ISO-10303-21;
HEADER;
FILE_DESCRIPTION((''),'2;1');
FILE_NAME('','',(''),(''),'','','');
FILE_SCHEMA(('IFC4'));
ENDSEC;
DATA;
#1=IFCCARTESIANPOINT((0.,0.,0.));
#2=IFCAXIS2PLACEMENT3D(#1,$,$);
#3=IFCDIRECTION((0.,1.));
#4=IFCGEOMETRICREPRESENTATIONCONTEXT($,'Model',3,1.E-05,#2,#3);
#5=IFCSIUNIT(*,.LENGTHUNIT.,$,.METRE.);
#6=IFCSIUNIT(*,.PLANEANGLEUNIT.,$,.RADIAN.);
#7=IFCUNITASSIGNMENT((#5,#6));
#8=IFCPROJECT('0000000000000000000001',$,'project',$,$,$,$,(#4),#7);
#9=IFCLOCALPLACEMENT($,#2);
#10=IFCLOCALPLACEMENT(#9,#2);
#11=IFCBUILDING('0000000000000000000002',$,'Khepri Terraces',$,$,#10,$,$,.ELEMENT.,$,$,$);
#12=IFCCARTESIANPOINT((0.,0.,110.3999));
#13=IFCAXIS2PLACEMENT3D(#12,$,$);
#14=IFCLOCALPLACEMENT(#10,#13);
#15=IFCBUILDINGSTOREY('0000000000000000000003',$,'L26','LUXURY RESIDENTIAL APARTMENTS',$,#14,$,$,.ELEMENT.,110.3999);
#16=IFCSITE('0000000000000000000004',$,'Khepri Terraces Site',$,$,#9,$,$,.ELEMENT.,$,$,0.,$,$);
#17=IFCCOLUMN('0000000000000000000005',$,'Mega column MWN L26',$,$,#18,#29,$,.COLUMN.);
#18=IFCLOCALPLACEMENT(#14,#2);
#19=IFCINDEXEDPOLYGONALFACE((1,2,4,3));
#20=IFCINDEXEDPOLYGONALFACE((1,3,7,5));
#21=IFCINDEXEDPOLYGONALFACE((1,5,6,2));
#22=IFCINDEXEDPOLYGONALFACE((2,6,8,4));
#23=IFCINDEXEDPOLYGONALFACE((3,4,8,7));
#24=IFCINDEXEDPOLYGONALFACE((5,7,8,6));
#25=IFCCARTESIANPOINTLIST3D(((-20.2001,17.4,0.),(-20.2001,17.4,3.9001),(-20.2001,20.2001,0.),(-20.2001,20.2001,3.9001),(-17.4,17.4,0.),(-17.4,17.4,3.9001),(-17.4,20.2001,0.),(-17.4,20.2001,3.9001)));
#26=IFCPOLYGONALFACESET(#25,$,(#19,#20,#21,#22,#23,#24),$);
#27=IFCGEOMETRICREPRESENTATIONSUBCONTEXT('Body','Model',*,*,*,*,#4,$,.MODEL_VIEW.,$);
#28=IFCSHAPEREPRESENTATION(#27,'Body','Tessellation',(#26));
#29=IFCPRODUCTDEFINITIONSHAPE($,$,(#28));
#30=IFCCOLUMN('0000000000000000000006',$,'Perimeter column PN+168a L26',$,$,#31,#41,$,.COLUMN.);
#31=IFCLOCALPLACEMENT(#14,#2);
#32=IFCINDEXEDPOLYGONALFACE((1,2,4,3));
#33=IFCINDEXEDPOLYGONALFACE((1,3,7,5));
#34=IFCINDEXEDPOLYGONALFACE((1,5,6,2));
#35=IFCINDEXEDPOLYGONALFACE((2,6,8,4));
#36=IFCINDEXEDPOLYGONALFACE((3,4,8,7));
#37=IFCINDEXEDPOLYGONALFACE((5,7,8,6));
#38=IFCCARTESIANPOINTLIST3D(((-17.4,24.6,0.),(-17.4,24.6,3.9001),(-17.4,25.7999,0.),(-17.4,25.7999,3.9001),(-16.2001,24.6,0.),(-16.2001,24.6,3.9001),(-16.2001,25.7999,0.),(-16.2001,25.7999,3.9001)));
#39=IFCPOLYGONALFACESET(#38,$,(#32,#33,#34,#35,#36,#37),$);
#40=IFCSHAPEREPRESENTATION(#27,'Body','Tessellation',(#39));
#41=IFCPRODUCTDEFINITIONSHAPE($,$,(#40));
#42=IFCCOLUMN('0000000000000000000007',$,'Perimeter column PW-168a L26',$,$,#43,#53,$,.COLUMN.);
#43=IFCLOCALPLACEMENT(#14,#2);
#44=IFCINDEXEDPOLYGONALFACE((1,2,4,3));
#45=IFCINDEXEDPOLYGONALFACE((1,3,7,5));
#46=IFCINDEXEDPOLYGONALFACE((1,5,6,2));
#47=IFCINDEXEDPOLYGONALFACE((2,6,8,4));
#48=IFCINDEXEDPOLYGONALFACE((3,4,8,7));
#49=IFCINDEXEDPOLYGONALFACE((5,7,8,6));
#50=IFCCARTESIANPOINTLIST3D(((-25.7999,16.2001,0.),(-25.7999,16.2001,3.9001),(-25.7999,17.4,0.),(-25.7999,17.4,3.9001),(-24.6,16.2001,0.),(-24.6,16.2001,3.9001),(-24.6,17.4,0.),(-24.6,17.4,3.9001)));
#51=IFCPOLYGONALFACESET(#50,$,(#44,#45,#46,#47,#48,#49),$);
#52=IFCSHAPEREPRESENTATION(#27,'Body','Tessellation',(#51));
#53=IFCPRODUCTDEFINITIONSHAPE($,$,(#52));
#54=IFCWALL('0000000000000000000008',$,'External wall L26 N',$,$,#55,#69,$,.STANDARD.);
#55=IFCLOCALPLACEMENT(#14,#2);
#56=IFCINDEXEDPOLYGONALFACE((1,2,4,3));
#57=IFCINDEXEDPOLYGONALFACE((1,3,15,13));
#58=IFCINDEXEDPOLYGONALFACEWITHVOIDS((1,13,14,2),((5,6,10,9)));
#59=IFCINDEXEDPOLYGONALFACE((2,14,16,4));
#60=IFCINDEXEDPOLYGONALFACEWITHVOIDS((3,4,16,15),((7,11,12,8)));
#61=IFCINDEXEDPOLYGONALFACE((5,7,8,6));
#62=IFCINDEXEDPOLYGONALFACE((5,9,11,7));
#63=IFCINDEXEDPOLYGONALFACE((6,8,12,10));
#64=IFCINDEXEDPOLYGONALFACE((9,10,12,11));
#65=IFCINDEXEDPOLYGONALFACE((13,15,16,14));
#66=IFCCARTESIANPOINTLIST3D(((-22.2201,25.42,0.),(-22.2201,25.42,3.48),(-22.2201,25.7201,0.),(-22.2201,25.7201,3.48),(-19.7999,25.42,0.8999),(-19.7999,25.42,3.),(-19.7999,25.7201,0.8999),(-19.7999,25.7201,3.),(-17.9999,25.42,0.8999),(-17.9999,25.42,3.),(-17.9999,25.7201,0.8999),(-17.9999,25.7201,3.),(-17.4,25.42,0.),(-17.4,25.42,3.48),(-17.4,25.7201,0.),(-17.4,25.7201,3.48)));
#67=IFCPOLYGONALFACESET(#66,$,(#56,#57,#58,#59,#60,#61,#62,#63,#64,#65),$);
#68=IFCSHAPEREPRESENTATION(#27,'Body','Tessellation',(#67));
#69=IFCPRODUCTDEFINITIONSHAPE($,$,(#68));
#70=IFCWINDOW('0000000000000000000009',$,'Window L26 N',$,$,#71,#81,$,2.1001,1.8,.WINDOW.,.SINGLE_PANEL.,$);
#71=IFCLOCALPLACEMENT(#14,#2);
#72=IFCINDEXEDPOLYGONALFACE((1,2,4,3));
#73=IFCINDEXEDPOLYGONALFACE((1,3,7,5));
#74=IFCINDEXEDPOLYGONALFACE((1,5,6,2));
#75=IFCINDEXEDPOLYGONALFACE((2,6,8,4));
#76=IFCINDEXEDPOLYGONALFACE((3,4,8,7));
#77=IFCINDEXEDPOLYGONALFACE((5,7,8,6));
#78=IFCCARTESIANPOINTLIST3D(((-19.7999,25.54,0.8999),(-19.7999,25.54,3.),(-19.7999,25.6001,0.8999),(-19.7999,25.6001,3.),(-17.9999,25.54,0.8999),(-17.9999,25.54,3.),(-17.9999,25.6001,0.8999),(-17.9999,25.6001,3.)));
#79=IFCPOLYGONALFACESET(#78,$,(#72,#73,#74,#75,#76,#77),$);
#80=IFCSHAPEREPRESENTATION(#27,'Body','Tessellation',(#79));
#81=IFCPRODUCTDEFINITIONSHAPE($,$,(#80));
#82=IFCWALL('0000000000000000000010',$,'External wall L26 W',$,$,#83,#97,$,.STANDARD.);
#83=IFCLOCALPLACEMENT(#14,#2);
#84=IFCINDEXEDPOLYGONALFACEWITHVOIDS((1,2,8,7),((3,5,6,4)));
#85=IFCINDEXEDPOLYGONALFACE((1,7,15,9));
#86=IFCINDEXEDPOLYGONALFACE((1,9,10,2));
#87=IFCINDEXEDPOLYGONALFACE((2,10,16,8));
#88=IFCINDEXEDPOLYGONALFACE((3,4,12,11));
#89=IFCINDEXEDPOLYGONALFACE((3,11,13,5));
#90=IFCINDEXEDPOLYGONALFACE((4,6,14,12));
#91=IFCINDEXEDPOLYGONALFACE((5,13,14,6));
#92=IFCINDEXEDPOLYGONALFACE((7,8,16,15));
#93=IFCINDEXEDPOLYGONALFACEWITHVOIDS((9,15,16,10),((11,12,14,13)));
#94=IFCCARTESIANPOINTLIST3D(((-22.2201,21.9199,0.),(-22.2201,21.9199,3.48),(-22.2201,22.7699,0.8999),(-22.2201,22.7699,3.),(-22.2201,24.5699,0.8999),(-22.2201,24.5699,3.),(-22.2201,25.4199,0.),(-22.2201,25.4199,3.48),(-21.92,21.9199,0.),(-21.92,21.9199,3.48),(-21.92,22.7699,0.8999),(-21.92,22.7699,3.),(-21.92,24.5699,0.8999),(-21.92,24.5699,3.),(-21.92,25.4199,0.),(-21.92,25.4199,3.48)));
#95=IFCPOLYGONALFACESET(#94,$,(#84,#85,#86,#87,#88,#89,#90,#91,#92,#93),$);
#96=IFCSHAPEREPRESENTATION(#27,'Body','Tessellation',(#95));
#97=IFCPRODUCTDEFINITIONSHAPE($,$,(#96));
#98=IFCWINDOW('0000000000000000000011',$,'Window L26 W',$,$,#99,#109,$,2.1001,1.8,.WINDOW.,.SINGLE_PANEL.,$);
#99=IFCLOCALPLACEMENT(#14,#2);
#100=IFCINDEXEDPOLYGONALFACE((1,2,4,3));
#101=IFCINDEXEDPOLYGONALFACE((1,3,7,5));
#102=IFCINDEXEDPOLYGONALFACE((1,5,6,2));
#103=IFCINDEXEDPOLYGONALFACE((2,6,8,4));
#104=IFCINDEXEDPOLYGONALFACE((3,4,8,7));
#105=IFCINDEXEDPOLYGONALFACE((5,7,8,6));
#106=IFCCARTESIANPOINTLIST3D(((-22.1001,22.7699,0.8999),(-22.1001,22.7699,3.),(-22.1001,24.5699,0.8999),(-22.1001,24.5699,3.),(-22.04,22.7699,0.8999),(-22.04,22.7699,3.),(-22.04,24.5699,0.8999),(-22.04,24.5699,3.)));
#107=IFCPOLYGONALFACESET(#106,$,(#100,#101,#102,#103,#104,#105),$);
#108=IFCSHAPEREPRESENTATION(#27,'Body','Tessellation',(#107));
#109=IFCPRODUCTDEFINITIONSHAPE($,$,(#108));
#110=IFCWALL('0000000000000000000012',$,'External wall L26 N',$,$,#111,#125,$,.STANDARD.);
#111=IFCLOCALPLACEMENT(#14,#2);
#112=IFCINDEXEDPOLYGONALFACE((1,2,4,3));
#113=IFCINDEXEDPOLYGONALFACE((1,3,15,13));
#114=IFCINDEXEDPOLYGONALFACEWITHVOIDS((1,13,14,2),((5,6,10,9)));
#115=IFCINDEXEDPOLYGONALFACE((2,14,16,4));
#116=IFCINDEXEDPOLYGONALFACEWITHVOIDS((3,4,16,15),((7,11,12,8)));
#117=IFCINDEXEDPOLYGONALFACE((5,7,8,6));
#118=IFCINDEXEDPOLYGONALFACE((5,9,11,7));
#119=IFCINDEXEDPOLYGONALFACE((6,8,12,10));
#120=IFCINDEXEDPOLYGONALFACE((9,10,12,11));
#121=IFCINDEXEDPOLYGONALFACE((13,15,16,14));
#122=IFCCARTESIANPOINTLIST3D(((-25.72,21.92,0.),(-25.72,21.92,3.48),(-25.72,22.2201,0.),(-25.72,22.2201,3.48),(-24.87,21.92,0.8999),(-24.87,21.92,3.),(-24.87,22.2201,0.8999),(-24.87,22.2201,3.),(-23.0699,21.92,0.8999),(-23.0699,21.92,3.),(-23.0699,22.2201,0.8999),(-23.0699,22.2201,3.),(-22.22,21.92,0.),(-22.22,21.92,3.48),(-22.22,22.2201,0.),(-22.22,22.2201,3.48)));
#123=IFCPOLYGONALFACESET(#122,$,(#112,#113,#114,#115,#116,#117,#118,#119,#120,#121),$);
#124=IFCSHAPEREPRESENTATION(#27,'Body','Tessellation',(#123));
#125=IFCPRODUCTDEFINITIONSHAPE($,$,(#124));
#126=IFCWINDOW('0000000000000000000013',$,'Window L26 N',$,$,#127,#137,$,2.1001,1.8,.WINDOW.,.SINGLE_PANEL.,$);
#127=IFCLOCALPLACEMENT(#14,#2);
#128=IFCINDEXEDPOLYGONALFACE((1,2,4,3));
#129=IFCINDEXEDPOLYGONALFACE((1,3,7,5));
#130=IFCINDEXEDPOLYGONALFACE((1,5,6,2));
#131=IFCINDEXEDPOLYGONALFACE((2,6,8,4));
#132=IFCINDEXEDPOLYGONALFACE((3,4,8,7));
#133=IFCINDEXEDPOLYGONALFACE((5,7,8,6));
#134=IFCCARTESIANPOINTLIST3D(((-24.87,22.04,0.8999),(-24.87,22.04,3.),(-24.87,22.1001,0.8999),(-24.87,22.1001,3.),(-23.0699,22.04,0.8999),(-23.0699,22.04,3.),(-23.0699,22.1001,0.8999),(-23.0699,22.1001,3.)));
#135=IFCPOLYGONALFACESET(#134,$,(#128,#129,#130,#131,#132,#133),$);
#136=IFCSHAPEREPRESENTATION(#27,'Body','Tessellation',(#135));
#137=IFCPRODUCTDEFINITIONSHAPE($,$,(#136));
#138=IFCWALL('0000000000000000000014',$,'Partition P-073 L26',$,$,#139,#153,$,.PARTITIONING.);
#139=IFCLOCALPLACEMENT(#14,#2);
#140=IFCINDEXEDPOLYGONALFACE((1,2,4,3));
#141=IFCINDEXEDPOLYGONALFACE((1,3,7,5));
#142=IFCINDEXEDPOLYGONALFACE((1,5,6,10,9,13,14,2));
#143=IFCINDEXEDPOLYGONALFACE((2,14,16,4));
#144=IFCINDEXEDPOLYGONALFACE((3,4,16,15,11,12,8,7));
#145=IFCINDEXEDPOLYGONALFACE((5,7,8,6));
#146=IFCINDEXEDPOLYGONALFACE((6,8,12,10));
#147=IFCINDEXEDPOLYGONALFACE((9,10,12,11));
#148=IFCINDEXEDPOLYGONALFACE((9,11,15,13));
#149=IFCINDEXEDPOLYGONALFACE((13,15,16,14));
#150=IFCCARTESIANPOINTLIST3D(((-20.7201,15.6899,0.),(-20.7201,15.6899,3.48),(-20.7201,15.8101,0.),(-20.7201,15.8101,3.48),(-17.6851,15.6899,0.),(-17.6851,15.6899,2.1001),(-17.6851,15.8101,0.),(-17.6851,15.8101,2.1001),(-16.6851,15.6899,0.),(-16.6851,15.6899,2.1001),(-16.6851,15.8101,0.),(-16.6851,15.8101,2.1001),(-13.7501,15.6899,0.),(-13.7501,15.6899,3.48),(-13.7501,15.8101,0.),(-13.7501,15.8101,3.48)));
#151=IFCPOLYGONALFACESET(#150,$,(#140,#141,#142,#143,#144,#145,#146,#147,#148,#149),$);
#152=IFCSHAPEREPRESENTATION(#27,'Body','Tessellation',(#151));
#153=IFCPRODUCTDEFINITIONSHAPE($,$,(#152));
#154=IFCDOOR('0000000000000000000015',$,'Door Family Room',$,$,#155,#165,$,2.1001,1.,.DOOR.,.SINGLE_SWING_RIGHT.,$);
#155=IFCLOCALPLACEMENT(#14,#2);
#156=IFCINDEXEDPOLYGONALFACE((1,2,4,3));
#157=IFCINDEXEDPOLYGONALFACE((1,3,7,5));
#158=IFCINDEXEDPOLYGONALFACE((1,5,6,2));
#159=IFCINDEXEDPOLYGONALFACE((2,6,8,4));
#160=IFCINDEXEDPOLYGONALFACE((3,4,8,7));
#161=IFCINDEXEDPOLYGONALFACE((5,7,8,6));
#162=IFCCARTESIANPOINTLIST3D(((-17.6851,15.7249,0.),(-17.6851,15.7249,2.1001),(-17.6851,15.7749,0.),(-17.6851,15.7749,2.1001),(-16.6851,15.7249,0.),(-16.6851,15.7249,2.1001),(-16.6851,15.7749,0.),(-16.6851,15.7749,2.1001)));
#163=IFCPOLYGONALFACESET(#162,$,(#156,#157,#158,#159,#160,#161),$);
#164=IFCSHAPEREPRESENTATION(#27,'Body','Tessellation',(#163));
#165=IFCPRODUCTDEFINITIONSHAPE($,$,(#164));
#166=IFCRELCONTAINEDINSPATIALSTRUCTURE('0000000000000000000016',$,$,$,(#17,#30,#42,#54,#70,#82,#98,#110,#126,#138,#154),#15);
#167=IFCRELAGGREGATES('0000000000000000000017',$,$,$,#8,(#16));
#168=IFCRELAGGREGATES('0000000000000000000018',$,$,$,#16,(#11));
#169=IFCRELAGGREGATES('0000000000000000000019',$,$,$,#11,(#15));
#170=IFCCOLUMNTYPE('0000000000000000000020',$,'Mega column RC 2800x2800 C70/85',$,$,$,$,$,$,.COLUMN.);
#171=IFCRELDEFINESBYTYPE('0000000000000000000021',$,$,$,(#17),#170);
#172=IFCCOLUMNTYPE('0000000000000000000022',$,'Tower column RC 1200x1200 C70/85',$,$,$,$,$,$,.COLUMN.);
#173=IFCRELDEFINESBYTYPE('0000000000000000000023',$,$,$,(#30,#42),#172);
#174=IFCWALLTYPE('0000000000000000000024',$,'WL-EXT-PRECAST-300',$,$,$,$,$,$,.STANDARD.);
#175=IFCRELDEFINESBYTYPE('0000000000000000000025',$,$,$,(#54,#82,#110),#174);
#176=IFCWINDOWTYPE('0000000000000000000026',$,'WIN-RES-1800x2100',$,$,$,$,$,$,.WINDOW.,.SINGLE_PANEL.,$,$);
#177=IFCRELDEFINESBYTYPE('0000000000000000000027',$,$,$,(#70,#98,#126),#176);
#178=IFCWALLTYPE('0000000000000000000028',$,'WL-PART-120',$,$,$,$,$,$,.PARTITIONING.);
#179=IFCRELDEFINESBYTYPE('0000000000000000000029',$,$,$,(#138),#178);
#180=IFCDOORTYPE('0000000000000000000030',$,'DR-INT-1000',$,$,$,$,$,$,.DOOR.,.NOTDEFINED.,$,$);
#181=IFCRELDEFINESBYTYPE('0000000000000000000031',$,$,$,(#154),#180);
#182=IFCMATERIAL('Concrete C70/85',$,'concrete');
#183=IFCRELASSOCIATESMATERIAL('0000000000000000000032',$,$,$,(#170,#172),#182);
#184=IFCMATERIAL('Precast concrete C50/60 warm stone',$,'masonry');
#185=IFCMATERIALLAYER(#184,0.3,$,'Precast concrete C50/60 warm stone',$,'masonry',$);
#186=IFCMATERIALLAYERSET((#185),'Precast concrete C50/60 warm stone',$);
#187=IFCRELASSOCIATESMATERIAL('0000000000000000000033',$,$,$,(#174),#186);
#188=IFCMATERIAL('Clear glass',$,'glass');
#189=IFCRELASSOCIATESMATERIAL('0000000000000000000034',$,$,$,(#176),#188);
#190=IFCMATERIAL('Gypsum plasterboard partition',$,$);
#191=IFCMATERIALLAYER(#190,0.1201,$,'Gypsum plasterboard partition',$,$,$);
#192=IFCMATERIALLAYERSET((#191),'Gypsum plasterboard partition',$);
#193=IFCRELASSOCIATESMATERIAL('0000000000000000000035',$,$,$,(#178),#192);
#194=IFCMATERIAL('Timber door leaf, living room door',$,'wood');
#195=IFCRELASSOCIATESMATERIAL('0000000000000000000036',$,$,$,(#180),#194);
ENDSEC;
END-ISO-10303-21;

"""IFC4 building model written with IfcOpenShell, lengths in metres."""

from ifc_helpers import new_model, si_unit, direction, frame, frame_2d, origin, origin_2d, place, context, subcontext, project, spatial, rectangle, extrude, material, layer, layer_set, material_profile, profile_set, type_object, element, fill, save


model = new_model("IFC4")

# Units and contexts
model_context = context("Model", 3, precision=1e-05, world=origin(), true_north=direction((0.0, 1.0)))
body_context = subcontext(model_context, "Body", "Model", "MODEL_VIEW")
ifc_project = project(units=[si_unit("LENGTHUNIT", "METRE"), si_unit("PLANEANGLEUNIT", "RADIAN")], contexts=[model_context])

# Site, building, storey
site_placement = place(None, origin())
site = spatial("IfcSite", under=ifc_project, at=site_placement, Name="Khepri Terraces Site", CompositionType="ELEMENT", RefElevation=0.0)
building_placement = place(site_placement, origin())
building = spatial("IfcBuilding", under=site, at=building_placement, Name="Khepri Terraces", CompositionType="ELEMENT")
storey_placement = place(building_placement, frame((0.0, 0.0, 110.3999)))
storey = spatial("IfcBuildingStorey", under=building, at=storey_placement, Name="L26", Description="LUXURY RESIDENTIAL APARTMENTS", CompositionType="ELEMENT", Elevation=110.3999)

# Columns
ifc_material_1 = material(Name="Concrete C70/85", Category="concrete")
ifc_material_profile_1 = material_profile(ifc_material_1, rectangle(XDim=2.8, YDim=2.8, at=origin_2d()), Name="Concrete C70/85", Category="concrete")
ifc_profile_set_1 = profile_set([ifc_material_profile_1], Name="Concrete C70/85")
column_type_1 = type_object("IfcColumnType", Name="Mega column RC 2800x2800 C70/85", PredefinedType="COLUMN", material=ifc_profile_set_1)
column_placement = place(storey_placement, frame((-18.8, 18.8, 0.0), z_axis=(0.0, 0.0, 1.0), x_axis=(1.0, 0.0, 0.0)))
element("IfcColumn", 1, at=column_placement, inside=storey, type_object=column_type_1, Name="Mega column MWN L26", PredefinedType="COLUMN", context=body_context, shape_type="SweptSolid", body=[
    extrude(rectangle(XDim=2.8, YDim=2.8, at=origin_2d()), origin(), (0.0, 0.0, 1.0), 3.9001),
])
ifc_material_profile_2 = material_profile(ifc_material_1, rectangle(XDim=1.2, YDim=1.2, at=origin_2d()), Name="Concrete C70/85", Category="concrete")
ifc_profile_set_2 = profile_set([ifc_material_profile_2], Name="Concrete C70/85")
column_type_2 = type_object("IfcColumnType", Name="Tower column RC 1200x1200 C70/85", PredefinedType="COLUMN", material=ifc_profile_set_2)
for number, where, z_axis, x_axis, name in (
    (2, (-16.8, 25.2, 0.0), (0.0, 0.0, 1.0), (1.0, 0.0, 0.0), "Perimeter column PN+168a L26"),
    (3, (-25.2, 16.8, 0.0), (0.0, 0.0, 1.0), (1.0, 0.0, 0.0), "Perimeter column PW-168a L26"),
):
    element("IfcColumn", number, at=place(storey_placement, frame(where, z_axis=z_axis, x_axis=x_axis)), inside=storey, type_object=column_type_2, Name=name, PredefinedType="COLUMN", context=body_context, shape_type="SweptSolid", body=[
        extrude(rectangle(XDim=1.2, YDim=1.2, at=origin_2d()), origin(), (0.0, 0.0, 1.0), 3.9001),
    ])

# Walls, openings, windows
ifc_material_2 = material(Name="Precast concrete C50/60 warm stone", Category="masonry")
ifc_layer_1 = layer(ifc_material_2, 0.3, Name="Precast concrete C50/60 warm stone", Category="masonry")
ifc_layer_set_1 = layer_set([ifc_layer_1], Name="Precast concrete C50/60 warm stone")
wall_type_1 = type_object("IfcWallType", Name="WL-EXT-PRECAST-300", PredefinedType="STANDARD", material=ifc_layer_set_1)
wall_1_placement = place(storey_placement, frame((-17.3999, 25.5701, 0.0), z_axis=(0.0, 0.0, 1.0), x_axis=(-1.0, 0.0, 0.0)))
wall_1 = element("IfcWall", 4, at=wall_1_placement, inside=storey, type_object=wall_type_1, Name="External wall L26 N", PredefinedType="STANDARD", context=body_context, shape_type="SweptSolid", body=[
    extrude(rectangle(XDim=4.8201, YDim=0.3, at=frame_2d((2.4102, 0.0))), origin(), (0.0, 0.0, 1.0), 3.48),
])
opening_1_placement = place(wall_1_placement, frame((0.6001, 0.0, 0.8999)))
opening_1 = element("IfcOpeningElement", 5, at=opening_1_placement, cuts=wall_1, PredefinedType="OPENING", context=body_context, shape_type="SweptSolid", body=[
    extrude(rectangle(XDim=1.8, YDim=2.1001, at=frame_2d((0.8999, 1.05))), frame((0.0, 0.1602, 0.0), z_axis=(0.0, -1.0, 0.0), x_axis=(1.0, 0.0, 0.0)), (0.0, 0.0, 1.0), 0.3201),
])
ifc_material_3 = material(Name="Clear glass", Category="glass")
window_type = type_object("IfcWindowType", Name="WIN-RES-1800x2100", PartitioningType="SINGLE_PANEL", PredefinedType="WINDOW", material=ifc_material_3)
window_1_placement = place(opening_1_placement, origin())
window_1 = element("IfcWindow", 6, at=window_1_placement, inside=storey, type_object=window_type, Name="Window L26 N", OverallHeight=2.1001, OverallWidth=1.8, PartitioningType="SINGLE_PANEL", PredefinedType="WINDOW", context=body_context, shape_type="SweptSolid", body=[
    extrude(rectangle(XDim=1.8, YDim=2.1001, at=frame_2d((0.8999, 1.05))), frame((0.0, 0.03, 0.0), z_axis=(0.0, -1.0, 0.0), x_axis=(1.0, 0.0, 0.0)), (0.0, 0.0, 1.0), 0.0601),
])
fill(opening_1, window_1)
wall_2_placement = place(storey_placement, frame((-22.0701, 25.4199, 0.0), z_axis=(0.0, 0.0, 1.0), x_axis=(0.0, -1.0, 0.0)))
wall_2 = element("IfcWall", 7, at=wall_2_placement, inside=storey, type_object=wall_type_1, Name="External wall L26 W", PredefinedType="STANDARD", context=body_context, shape_type="SweptSolid", body=[
    extrude(rectangle(XDim=3.5, YDim=0.3, at=frame_2d((1.75, 0.0))), origin(), (0.0, 0.0, 1.0), 3.48),
])
opening_2_placement = place(wall_2_placement, frame((0.8501, 0.0, 0.8999)))
opening_2 = element("IfcOpeningElement", 8, at=opening_2_placement, cuts=wall_2, PredefinedType="OPENING", context=body_context, shape_type="SweptSolid", body=[
    extrude(rectangle(XDim=1.8, YDim=2.1001, at=frame_2d((0.8999, 1.05))), frame((0.0, 0.1602, 0.0), z_axis=(0.0, -1.0, 0.0), x_axis=(1.0, 0.0, 0.0)), (0.0, 0.0, 1.0), 0.3201),
])
window_2_placement = place(opening_2_placement, origin())
window_2 = element("IfcWindow", 9, at=window_2_placement, inside=storey, type_object=window_type, Name="Window L26 W", OverallHeight=2.1001, OverallWidth=1.8, PartitioningType="SINGLE_PANEL", PredefinedType="WINDOW", context=body_context, shape_type="SweptSolid", body=[
    extrude(rectangle(XDim=1.8, YDim=2.1001, at=frame_2d((0.8999, 1.05))), frame((0.0, 0.03, 0.0), z_axis=(0.0, -1.0, 0.0), x_axis=(1.0, 0.0, 0.0)), (0.0, 0.0, 1.0), 0.0601),
])
fill(opening_2, window_2)
wall_3_placement = place(storey_placement, frame((-22.22, 22.0701, 0.0), z_axis=(0.0, 0.0, 1.0), x_axis=(-1.0, 0.0, 0.0)))
wall_3 = element("IfcWall", 10, at=wall_3_placement, inside=storey, type_object=wall_type_1, Name="External wall L26 N", PredefinedType="STANDARD", context=body_context, shape_type="SweptSolid", body=[
    extrude(rectangle(XDim=3.5, YDim=0.3, at=frame_2d((1.75, 0.0))), origin(), (0.0, 0.0, 1.0), 3.48),
])
opening_3_placement = place(wall_3_placement, frame((0.8501, 0.0, 0.8999)))
opening_3 = element("IfcOpeningElement", 11, at=opening_3_placement, cuts=wall_3, PredefinedType="OPENING", context=body_context, shape_type="SweptSolid", body=[
    extrude(rectangle(XDim=1.8, YDim=2.1001, at=frame_2d((0.8999, 1.05))), frame((0.0, 0.1602, 0.0), z_axis=(0.0, -1.0, 0.0), x_axis=(1.0, 0.0, 0.0)), (0.0, 0.0, 1.0), 0.3201),
])
window_3_placement = place(opening_3_placement, origin())
window_3 = element("IfcWindow", 12, at=window_3_placement, inside=storey, type_object=window_type, Name="Window L26 N", OverallHeight=2.1001, OverallWidth=1.8, PartitioningType="SINGLE_PANEL", PredefinedType="WINDOW", context=body_context, shape_type="SweptSolid", body=[
    extrude(rectangle(XDim=1.8, YDim=2.1001, at=frame_2d((0.8999, 1.05))), frame((0.0, 0.03, 0.0), z_axis=(0.0, -1.0, 0.0), x_axis=(1.0, 0.0, 0.0)), (0.0, 0.0, 1.0), 0.0601),
])
fill(opening_3, window_3)

# Wall, opening, door
ifc_material_4 = material(Name="Gypsum plasterboard partition")
ifc_layer_2 = layer(ifc_material_4, 0.1201, Name="Gypsum plasterboard partition")
ifc_layer_set_2 = layer_set([ifc_layer_2], Name="Gypsum plasterboard partition")
wall_type_2 = type_object("IfcWallType", Name="WL-PART-120", PredefinedType="PARTITIONING", material=ifc_layer_set_2)
wall_4_placement = place(storey_placement, frame((-20.72, 15.75, 0.0), z_axis=(0.0, 0.0, 1.0), x_axis=(1.0, 0.0, 0.0)))
wall_4 = element("IfcWall", 13, at=wall_4_placement, inside=storey, type_object=wall_type_2, Name="Partition P-073 L26", PredefinedType="PARTITIONING", context=body_context, shape_type="SweptSolid", body=[
    extrude(rectangle(XDim=6.97, YDim=0.1201, at=frame_2d((3.4849, 0.0))), origin(), (0.0, 0.0, 1.0), 3.48),
])
opening_4_placement = place(wall_4_placement, frame((3.0349, 0.0, 0.0)))
opening_4 = element("IfcOpeningElement", 14, at=opening_4_placement, cuts=wall_4, PredefinedType="OPENING", context=body_context, shape_type="SweptSolid", body=[
    extrude(rectangle(XDim=1.0, YDim=2.1001, at=frame_2d((0.5, 1.05))), frame((0.0, 0.0701, 0.0), z_axis=(0.0, -1.0, 0.0), x_axis=(1.0, 0.0, 0.0)), (0.0, 0.0, 1.0), 0.1401),
])
ifc_material_5 = material(Name="Timber door leaf, living room door", Category="wood")
door_type_1 = type_object("IfcDoorType", Name="DR-INT-1000", OperationType="NOTDEFINED", PredefinedType="DOOR", material=ifc_material_5)
door_1_placement = place(opening_4_placement, origin())
door_1 = element("IfcDoor", 15, at=door_1_placement, inside=storey, type_object=door_type_1, Name="Door Family Room", OperationType="SINGLE_SWING_RIGHT", OverallHeight=2.1001, OverallWidth=1.0, PredefinedType="DOOR", context=body_context, shape_type="SweptSolid", body=[
    extrude(rectangle(XDim=1.0, YDim=2.1001, at=frame_2d((0.5, 1.05))), frame((0.0, 0.0249, 0.0), z_axis=(0.0, -1.0, 0.0), x_axis=(1.0, 0.0, 0.0)), (0.0, 0.0, 1.0), 0.05),
])
fill(opening_4, door_1)

save(model, "model.ifc")
